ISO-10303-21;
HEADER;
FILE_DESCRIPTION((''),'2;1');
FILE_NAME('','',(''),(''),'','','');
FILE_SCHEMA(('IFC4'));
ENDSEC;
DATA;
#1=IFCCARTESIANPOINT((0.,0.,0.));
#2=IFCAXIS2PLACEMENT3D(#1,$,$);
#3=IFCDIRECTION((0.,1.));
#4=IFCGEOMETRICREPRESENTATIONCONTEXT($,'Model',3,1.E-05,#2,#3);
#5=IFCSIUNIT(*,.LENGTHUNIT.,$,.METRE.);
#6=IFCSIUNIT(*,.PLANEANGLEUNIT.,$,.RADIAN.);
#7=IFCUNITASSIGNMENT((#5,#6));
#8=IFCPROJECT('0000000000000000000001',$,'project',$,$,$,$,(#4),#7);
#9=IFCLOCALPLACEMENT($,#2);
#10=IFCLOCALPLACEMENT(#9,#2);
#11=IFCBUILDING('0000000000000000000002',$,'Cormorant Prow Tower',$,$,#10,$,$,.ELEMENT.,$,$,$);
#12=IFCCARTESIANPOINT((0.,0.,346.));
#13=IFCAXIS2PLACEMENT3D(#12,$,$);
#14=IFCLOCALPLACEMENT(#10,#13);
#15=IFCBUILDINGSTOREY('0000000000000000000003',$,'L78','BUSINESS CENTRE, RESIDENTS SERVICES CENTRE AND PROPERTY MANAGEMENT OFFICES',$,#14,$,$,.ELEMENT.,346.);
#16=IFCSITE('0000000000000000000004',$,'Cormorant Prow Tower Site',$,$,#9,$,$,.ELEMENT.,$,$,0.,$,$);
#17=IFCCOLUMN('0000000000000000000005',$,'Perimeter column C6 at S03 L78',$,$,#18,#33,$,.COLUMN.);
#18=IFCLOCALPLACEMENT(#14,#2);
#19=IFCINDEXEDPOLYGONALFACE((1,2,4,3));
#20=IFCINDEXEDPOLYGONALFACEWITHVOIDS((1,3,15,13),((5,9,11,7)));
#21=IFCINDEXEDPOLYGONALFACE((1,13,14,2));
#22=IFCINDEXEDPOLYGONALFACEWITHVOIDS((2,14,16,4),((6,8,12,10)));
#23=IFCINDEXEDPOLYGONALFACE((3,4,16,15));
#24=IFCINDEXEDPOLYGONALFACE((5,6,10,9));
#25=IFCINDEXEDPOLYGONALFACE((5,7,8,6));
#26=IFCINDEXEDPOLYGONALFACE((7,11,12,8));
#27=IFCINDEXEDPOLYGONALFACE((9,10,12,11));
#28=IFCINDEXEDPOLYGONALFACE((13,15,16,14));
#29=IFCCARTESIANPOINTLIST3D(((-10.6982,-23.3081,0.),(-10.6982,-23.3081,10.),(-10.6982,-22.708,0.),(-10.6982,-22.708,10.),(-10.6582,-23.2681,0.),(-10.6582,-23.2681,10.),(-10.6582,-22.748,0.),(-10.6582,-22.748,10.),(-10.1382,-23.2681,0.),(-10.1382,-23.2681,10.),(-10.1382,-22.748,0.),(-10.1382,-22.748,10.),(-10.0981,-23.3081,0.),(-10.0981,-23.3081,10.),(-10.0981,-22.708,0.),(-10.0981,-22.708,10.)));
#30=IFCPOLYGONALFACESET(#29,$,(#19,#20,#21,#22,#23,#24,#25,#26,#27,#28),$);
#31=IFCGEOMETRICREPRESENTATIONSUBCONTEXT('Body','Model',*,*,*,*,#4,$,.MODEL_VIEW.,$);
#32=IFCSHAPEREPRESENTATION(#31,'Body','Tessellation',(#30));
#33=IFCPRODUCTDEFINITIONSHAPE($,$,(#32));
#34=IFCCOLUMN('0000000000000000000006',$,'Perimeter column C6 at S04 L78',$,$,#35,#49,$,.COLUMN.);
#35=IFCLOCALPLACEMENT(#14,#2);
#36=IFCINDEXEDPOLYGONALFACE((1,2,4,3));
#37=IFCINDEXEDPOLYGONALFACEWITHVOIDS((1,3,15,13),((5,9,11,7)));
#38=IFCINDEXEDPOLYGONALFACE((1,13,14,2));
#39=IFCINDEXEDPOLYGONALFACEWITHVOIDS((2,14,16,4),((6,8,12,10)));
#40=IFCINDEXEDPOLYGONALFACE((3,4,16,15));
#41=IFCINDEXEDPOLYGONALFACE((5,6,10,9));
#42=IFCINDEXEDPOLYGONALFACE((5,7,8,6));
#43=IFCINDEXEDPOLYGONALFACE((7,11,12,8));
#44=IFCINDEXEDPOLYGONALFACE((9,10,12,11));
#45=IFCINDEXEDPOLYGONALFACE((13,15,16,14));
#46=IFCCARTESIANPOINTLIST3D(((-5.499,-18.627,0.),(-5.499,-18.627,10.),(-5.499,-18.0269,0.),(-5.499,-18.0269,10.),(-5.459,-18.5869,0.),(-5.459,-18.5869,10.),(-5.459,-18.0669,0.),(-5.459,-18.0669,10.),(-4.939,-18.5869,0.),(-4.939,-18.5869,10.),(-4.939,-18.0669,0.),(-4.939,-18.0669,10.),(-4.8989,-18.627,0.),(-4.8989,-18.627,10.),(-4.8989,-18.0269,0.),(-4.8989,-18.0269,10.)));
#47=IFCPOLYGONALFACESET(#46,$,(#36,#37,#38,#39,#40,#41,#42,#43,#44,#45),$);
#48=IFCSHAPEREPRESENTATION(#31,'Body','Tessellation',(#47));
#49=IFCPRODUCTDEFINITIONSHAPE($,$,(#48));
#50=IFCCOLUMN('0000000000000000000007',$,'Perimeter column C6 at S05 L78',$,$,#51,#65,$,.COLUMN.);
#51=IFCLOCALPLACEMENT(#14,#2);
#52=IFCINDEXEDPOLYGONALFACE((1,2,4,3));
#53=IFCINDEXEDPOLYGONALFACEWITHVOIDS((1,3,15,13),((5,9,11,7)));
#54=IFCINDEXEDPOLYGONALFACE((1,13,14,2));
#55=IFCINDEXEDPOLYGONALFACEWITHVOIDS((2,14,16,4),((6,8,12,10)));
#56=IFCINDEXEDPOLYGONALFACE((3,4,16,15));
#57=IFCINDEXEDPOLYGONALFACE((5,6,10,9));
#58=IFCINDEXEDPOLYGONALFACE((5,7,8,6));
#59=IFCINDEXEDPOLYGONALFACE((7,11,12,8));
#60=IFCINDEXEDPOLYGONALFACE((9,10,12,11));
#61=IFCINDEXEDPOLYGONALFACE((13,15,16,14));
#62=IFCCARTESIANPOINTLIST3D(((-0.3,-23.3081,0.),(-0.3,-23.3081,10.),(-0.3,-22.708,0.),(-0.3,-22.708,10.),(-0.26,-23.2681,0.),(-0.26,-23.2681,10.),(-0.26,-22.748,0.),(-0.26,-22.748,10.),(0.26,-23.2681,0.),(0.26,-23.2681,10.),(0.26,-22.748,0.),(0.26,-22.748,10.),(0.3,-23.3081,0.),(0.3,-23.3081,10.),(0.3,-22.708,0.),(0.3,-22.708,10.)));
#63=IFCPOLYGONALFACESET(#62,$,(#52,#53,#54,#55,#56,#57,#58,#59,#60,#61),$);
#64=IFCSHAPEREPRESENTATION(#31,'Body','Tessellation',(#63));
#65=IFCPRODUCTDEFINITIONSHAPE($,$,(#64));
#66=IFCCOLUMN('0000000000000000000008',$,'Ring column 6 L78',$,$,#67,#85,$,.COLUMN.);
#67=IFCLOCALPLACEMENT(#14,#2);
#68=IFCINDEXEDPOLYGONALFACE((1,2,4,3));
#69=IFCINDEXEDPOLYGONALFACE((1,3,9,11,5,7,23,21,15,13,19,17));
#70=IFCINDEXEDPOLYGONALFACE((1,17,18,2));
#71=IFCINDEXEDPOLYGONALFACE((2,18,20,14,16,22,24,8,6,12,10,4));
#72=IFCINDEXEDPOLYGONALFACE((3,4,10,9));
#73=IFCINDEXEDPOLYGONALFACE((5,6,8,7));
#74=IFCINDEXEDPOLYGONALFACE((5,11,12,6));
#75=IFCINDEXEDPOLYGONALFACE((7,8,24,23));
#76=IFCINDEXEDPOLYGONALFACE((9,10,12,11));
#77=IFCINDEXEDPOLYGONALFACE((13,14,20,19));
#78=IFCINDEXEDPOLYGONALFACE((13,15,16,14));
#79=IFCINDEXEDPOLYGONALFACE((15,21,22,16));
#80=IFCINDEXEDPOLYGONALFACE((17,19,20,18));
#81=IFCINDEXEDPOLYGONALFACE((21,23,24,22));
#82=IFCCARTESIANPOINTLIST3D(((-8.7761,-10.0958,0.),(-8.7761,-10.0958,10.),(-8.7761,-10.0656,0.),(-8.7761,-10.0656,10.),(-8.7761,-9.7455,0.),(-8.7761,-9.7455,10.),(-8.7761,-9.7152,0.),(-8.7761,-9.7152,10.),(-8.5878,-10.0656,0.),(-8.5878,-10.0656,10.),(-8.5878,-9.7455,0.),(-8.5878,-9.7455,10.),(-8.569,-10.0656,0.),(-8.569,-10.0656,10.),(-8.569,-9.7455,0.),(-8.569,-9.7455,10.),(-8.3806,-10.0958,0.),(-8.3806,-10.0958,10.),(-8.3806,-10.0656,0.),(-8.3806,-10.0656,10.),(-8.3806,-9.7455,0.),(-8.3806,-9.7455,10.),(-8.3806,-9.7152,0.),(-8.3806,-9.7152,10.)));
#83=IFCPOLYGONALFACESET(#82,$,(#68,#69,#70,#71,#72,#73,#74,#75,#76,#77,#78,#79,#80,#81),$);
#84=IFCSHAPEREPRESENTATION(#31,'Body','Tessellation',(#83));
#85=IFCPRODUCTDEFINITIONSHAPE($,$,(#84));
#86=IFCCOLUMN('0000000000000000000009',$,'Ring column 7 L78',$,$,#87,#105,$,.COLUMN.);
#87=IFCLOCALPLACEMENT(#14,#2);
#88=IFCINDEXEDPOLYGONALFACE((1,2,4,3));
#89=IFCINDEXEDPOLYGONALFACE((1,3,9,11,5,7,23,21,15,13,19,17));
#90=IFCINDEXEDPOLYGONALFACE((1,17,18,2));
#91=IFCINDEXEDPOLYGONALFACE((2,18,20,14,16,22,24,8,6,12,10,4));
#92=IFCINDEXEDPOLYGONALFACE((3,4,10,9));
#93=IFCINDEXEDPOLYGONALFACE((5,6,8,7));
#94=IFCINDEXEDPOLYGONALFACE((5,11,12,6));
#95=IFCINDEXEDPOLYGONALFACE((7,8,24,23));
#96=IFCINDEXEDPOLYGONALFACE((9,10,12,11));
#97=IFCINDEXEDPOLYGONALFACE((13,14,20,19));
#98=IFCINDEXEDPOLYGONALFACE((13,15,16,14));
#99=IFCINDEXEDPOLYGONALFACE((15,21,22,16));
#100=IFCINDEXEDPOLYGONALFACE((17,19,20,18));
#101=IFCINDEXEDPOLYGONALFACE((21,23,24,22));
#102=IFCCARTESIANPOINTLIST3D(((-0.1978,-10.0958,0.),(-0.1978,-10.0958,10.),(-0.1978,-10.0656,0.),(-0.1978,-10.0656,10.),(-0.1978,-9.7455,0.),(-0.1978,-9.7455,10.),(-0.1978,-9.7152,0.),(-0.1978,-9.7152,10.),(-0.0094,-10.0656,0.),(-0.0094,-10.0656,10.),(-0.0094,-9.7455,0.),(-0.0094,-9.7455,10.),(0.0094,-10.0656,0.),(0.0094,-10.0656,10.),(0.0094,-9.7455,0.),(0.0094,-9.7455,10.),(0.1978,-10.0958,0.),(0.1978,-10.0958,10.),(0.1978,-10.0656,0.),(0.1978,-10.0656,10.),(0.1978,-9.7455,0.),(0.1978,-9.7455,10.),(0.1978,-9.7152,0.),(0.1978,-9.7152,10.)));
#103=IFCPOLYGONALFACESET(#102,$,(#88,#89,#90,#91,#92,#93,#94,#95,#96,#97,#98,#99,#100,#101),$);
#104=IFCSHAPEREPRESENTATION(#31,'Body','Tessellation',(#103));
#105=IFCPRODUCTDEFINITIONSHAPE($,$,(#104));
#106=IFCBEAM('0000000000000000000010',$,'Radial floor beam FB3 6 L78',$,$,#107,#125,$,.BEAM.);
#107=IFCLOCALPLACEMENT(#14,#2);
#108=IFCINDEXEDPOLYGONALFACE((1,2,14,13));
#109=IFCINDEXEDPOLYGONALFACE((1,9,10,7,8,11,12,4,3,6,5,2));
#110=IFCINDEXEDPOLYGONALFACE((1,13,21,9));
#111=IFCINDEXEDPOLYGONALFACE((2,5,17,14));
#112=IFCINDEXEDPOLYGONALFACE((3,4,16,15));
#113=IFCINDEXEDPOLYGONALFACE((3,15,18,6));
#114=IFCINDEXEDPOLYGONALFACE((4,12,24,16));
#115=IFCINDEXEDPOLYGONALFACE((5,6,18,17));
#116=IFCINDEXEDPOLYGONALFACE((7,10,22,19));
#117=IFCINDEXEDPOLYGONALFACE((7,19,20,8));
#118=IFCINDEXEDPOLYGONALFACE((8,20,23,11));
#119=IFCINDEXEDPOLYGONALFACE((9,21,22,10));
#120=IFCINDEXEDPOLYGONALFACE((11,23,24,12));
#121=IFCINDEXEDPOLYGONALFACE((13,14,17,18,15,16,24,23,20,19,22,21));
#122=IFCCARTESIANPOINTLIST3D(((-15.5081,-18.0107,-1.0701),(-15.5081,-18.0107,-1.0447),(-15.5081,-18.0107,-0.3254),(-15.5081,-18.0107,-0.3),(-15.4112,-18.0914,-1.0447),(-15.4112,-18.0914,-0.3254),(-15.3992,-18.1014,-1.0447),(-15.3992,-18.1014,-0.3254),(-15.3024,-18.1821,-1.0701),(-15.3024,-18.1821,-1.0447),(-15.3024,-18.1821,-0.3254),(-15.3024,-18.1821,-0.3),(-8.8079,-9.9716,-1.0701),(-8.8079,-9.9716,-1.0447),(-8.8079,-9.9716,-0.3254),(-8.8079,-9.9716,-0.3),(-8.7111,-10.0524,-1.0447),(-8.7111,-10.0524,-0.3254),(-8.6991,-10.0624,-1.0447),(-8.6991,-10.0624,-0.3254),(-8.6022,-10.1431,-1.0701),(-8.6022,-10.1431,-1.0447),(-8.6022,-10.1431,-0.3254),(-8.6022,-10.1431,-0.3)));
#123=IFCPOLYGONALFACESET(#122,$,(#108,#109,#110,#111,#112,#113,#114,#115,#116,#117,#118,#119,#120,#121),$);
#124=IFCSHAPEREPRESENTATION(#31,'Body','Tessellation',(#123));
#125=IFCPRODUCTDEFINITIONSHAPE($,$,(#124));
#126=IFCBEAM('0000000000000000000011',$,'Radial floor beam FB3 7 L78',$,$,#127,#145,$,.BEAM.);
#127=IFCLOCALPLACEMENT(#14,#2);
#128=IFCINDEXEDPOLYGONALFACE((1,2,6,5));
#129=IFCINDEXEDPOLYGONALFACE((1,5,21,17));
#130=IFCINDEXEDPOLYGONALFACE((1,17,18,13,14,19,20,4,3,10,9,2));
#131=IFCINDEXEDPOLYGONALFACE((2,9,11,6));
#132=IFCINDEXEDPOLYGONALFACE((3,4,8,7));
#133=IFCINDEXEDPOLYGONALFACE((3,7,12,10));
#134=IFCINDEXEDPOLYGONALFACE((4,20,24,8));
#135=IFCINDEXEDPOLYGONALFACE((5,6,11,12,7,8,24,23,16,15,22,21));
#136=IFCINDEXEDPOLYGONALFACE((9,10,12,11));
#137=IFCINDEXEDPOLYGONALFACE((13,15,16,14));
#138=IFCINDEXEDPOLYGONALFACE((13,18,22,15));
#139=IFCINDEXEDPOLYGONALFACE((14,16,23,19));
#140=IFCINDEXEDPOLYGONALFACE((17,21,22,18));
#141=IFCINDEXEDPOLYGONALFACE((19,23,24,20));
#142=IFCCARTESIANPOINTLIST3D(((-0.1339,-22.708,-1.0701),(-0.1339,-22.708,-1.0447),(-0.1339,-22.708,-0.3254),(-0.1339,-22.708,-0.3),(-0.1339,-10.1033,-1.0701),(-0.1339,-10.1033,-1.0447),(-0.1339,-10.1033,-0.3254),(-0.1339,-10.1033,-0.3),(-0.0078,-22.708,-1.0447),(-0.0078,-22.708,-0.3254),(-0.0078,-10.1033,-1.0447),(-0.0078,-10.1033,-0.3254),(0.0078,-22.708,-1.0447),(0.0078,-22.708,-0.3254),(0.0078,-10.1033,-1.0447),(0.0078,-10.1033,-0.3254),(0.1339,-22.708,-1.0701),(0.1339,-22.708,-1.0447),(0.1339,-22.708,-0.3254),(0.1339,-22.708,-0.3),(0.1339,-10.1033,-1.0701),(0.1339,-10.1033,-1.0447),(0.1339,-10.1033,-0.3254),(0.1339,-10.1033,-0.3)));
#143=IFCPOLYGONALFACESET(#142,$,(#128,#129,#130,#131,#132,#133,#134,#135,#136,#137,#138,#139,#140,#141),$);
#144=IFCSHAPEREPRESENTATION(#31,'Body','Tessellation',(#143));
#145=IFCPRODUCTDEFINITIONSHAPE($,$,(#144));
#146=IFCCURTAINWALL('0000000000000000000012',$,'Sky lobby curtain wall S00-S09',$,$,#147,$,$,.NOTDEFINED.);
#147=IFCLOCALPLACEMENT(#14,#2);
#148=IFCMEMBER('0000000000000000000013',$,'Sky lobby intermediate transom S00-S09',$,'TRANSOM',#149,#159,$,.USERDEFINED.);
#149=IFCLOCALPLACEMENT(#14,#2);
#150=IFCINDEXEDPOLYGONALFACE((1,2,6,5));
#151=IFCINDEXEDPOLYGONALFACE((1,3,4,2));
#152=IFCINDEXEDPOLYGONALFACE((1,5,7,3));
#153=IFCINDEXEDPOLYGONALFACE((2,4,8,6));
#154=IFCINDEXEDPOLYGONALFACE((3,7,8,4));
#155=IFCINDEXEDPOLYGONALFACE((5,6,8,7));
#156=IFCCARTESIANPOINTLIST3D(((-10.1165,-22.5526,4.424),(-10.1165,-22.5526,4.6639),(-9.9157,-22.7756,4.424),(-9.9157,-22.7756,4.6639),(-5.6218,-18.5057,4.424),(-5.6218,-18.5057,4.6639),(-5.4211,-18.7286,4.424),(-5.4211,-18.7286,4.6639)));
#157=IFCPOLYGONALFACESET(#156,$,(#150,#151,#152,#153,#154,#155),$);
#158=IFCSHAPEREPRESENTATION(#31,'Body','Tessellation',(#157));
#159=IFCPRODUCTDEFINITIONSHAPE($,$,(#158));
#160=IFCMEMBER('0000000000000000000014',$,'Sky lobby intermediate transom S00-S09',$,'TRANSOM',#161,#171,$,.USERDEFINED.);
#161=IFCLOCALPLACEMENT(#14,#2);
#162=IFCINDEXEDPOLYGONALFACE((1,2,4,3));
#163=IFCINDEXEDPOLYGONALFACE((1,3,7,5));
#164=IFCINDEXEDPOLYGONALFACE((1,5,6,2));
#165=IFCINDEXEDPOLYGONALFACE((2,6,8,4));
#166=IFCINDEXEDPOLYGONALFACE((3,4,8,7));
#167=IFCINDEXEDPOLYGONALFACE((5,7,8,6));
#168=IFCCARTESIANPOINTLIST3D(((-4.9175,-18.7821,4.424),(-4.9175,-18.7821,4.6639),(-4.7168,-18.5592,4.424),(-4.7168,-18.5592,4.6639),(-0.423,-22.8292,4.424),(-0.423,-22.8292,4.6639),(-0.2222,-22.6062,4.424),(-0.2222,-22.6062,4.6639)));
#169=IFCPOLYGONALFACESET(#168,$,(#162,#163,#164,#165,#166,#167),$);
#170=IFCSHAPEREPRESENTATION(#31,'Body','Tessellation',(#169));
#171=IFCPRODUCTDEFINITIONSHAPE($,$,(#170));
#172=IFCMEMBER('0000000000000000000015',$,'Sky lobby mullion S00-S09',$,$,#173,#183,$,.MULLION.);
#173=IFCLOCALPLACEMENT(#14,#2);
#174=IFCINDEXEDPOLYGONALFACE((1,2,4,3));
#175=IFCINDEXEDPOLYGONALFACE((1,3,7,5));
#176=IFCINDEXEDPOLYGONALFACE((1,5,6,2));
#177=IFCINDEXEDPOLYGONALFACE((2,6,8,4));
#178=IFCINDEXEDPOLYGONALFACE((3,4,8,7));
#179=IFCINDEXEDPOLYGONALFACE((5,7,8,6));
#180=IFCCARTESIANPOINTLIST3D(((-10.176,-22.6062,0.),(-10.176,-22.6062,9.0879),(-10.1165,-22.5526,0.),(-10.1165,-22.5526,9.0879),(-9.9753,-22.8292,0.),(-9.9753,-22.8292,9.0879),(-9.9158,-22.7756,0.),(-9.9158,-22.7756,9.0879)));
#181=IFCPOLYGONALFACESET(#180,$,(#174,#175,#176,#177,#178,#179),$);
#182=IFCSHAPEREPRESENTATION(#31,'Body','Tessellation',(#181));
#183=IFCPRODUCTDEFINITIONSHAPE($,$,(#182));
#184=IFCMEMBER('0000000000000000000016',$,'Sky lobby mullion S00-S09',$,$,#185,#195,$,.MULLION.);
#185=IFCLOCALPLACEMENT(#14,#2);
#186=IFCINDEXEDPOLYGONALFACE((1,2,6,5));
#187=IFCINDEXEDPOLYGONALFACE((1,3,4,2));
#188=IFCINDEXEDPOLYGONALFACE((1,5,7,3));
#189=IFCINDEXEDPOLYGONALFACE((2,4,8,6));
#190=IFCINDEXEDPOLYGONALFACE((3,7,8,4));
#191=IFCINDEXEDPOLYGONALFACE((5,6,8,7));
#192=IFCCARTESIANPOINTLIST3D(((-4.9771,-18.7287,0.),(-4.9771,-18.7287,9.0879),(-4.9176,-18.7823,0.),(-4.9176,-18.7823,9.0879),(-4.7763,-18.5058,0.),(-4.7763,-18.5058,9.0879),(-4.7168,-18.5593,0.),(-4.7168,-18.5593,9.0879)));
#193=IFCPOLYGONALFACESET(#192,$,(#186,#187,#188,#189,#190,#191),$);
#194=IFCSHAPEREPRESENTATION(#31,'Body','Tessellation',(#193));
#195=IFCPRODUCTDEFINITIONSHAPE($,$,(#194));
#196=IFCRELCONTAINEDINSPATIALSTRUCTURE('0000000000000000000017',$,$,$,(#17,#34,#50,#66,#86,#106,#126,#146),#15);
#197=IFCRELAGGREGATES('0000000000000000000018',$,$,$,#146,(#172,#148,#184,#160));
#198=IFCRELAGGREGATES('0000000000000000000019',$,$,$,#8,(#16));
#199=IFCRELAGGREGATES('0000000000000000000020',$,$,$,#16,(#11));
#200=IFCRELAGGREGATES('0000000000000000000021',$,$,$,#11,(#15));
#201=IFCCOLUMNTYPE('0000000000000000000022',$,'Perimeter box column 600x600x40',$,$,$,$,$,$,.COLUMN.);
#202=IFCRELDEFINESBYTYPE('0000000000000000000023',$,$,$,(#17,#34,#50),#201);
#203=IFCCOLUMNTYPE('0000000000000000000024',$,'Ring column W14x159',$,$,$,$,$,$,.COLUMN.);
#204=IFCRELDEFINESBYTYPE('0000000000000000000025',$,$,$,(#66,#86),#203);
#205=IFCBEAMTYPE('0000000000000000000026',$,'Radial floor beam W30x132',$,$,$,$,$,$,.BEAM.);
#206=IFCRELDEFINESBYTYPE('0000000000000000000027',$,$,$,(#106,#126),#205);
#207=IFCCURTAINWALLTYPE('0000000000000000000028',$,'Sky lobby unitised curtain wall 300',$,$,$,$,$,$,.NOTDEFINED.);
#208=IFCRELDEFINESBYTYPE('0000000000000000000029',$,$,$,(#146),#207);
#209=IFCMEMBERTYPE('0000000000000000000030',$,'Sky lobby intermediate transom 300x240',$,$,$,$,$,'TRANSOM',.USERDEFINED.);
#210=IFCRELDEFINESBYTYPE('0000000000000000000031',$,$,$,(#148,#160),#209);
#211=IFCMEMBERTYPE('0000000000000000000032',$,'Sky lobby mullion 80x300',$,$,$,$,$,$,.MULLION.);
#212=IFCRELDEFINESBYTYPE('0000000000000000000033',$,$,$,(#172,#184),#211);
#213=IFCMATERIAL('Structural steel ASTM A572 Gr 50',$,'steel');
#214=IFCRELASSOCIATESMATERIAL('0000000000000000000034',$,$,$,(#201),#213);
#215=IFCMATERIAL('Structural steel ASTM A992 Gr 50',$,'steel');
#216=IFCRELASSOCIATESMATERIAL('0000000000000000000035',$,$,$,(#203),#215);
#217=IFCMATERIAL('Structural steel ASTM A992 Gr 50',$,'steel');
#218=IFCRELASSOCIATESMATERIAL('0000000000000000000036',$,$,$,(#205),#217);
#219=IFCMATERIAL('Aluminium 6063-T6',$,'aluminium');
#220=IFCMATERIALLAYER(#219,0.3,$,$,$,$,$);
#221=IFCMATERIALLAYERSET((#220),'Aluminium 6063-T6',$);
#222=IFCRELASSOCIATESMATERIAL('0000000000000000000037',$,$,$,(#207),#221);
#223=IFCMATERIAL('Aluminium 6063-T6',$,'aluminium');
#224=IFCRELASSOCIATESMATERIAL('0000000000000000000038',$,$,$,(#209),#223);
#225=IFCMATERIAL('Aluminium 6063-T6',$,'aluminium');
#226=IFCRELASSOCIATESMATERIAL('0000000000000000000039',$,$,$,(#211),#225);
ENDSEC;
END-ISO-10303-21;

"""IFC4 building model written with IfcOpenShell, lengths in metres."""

from ifc_helpers import new_model, si_unit, direction, frame, origin, origin_2d, place, context, subcontext, project, spatial, rectangle, hollow_rectangle, i_section, extrude, material, layer, layer_set, material_profile, profile_set, type_object, element, aggregate, save


model = new_model("IFC4")

# Units and contexts
model_context = context("Model", 3, precision=1e-05, world=origin(), true_north=direction((0.0, 1.0)))
body_context = subcontext(model_context, "Body", "Model", "MODEL_VIEW")
ifc_project = project(units=[si_unit("LENGTHUNIT", "METRE"), si_unit("PLANEANGLEUNIT", "RADIAN")], contexts=[model_context])

# Site, building, storey
site_placement = place(None, origin())
site = spatial("IfcSite", under=ifc_project, at=site_placement, Name="Cormorant Prow Tower Site", CompositionType="ELEMENT", RefElevation=0.0)
building_placement = place(site_placement, origin())
building = spatial("IfcBuilding", under=site, at=building_placement, Name="Cormorant Prow Tower", CompositionType="ELEMENT")
storey_placement = place(building_placement, frame((0.0, 0.0, 346.0)))
storey = spatial("IfcBuildingStorey", under=building, at=storey_placement, Name="L78", Description="BUSINESS CENTRE, RESIDENTS SERVICES CENTRE AND PROPERTY MANAGEMENT OFFICES", CompositionType="ELEMENT", Elevation=346.0)

# Columns
ifc_material_1 = material(Name="Structural steel ASTM A572 Gr 50", Category="steel")
ifc_material_profile_1 = material_profile(ifc_material_1, hollow_rectangle(XDim=0.6001, YDim=0.6001, WallThickness=0.04, at=origin_2d()), Name="Box 600x600x40")
ifc_profile_set_1 = profile_set([ifc_material_profile_1], Name="Structural steel ASTM A572 Gr 50")
column_type_1 = type_object("IfcColumnType", Name="Perimeter box column 600x600x40", PredefinedType="COLUMN", material=ifc_profile_set_1)
for number, where, z_axis, x_axis, name in (
    (1, (-10.3982, -23.0081, 0.0), (0.0, 0.0, 1.0), (1.0, 0.0, 0.0), "Perimeter column C6 at S03 L78"),
    (2, (-5.199, -18.3269, 0.0), (0.0, 0.0, 1.0), (1.0, 0.0, 0.0), "Perimeter column C6 at S04 L78"),
    (3, (0.0, -23.0081, 0.0), (0.0, 0.0, 1.0), (1.0, 0.0, 0.0), "Perimeter column C6 at S05 L78"),
):
    element("IfcColumn", number, at=place(storey_placement, frame(where, z_axis=z_axis, x_axis=x_axis)), inside=storey, type_object=column_type_1, Name=name, PredefinedType="COLUMN", context=body_context, shape_type="SweptSolid", body=[
        extrude(hollow_rectangle(XDim=0.6001, YDim=0.6001, WallThickness=0.04, at=origin_2d()), origin(), (0.0, 0.0, 1.0), 10.0),
    ])
ifc_material_2 = material(Name="Structural steel ASTM A992 Gr 50", Category="steel")
ifc_material_profile_2 = material_profile(ifc_material_2, i_section(OverallWidth=0.3955, OverallDepth=0.3806, WebThickness=0.0188, FlangeThickness=0.0303, at=origin_2d()), Name="W14x159")
ifc_profile_set_2 = profile_set([ifc_material_profile_2], Name="Structural steel ASTM A992 Gr 50")
column_type_2 = type_object("IfcColumnType", Name="Ring column W14x159", PredefinedType="COLUMN", material=ifc_profile_set_2)
for number, where, z_axis, x_axis, name in (
    (4, (-8.5784, -9.9055, 0.0), (0.0, 0.0, 1.0), (1.0, 0.0, 0.0), "Ring column 6 L78"),
    (5, (0.0, -9.9055, 0.0), (0.0, 0.0, 1.0), (1.0, 0.0, 0.0), "Ring column 7 L78"),
):
    element("IfcColumn", number, at=place(storey_placement, frame(where, z_axis=z_axis, x_axis=x_axis)), inside=storey, type_object=column_type_2, Name=name, PredefinedType="COLUMN", context=body_context, shape_type="SweptSolid", body=[
        extrude(i_section(OverallWidth=0.3955, OverallDepth=0.3806, WebThickness=0.0188, FlangeThickness=0.0303, at=origin_2d()), origin(), (0.0, 0.0, 1.0), 10.0),
    ])

# Beams
ifc_material_3 = material(Name="Structural steel ASTM A992 Gr 50", Category="steel")
ifc_material_profile_3 = material_profile(ifc_material_3, i_section(OverallWidth=0.2678, OverallDepth=0.77, WebThickness=0.0156, FlangeThickness=0.0254, at=origin_2d()), Name="W30x132")
ifc_profile_set_3 = profile_set([ifc_material_profile_3], Name="Structural steel ASTM A992 Gr 50")
beam_type_1 = type_object("IfcBeamType", Name="Radial floor beam W30x132", PredefinedType="BEAM", material=ifc_profile_set_3)
beam_1_placement = place(storey_placement, frame((-8.7051, -10.0574, -0.6851), z_axis=(-0.640239, -0.768175, 0.0), x_axis=(0.768175, -0.640239, 0.0)))
element("IfcBeam", 6, at=beam_1_placement, inside=storey, type_object=beam_type_1, Name="Radial floor beam FB3 6 L78", PredefinedType="BEAM", context=body_context, shape_type="SweptSolid", body=[
    extrude(i_section(OverallWidth=0.2678, OverallDepth=0.77, WebThickness=0.0156, FlangeThickness=0.0254, at=origin_2d()), origin(), (0.0, 0.0, 1.0), 10.4651),
])
beam_2_placement = place(storey_placement, frame((0.0, -10.1033, -0.6851), z_axis=(0.0, -1.0, 0.0), x_axis=(1.0, 0.0, 0.0)))
element("IfcBeam", 7, at=beam_2_placement, inside=storey, type_object=beam_type_1, Name="Radial floor beam FB3 7 L78", PredefinedType="BEAM", context=body_context, shape_type="SweptSolid", body=[
    extrude(i_section(OverallWidth=0.2678, OverallDepth=0.77, WebThickness=0.0156, FlangeThickness=0.0254, at=origin_2d()), origin(), (0.0, 0.0, 1.0), 12.6047),
])

# Curtain wall, members
ifc_material_4 = material(Name="Aluminium 6063-T6", Category="aluminium")
ifc_layer_1 = layer(ifc_material_4, 0.3)
ifc_layer_set_1 = layer_set([ifc_layer_1], Name="Aluminium 6063-T6")
curtain_wall_type = type_object("IfcCurtainWallType", Name="Sky lobby unitised curtain wall 300", PredefinedType="NOTDEFINED", material=ifc_layer_set_1)
curtain_wall_placement = place(storey_placement, origin())
curtain_wall = element("IfcCurtainWall", 8, at=curtain_wall_placement, inside=storey, type_object=curtain_wall_type, Name="Sky lobby curtain wall S00-S09", PredefinedType="NOTDEFINED")
ifc_material_5 = material(Name="Aluminium 6063-T6", Category="aluminium")
ifc_material_profile_4 = material_profile(ifc_material_5, rectangle(XDim=0.3, YDim=0.24, at=origin_2d()), Name="Sky lobby intermediate transom 300x240")
ifc_profile_set_4 = profile_set([ifc_material_profile_4], Name="Aluminium 6063-T6")
member_type_1 = type_object("IfcMemberType", Name="Sky lobby intermediate transom 300x240", ElementType="TRANSOM", PredefinedType="USERDEFINED", material=ifc_profile_set_4)
member_1_placement = place(storey_placement, frame((-10.0161, -22.6641, 4.5439), z_axis=(0.743154, 0.669121, 0.0), x_axis=(-0.669121, 0.743154, 0.0)))
member_1 = element("IfcMember", 9, at=member_1_placement, type_object=member_type_1, Name="Sky lobby intermediate transom S00-S09", ObjectType="TRANSOM", PredefinedType="USERDEFINED", context=body_context, shape_type="SweptSolid", body=[
    extrude(rectangle(XDim=0.3, YDim=0.24, at=origin_2d()), origin(), (0.0, 0.0, 1.0), 6.0481),
])
member_2_placement = place(storey_placement, frame((-4.8171, -18.6707, 4.5439), z_axis=(0.743134, -0.669143, 0.0), x_axis=(0.669143, 0.743134, 0.0)))
member_2 = element("IfcMember", 10, at=member_2_placement, type_object=member_type_1, Name="Sky lobby intermediate transom S00-S09", ObjectType="TRANSOM", PredefinedType="USERDEFINED", context=body_context, shape_type="SweptSolid", body=[
    extrude(rectangle(XDim=0.3, YDim=0.24, at=origin_2d()), origin(), (0.0, 0.0, 1.0), 6.0481),
])
ifc_material_6 = material(Name="Aluminium 6063-T6", Category="aluminium")
ifc_material_profile_5 = material_profile(ifc_material_6, rectangle(XDim=0.3, YDim=0.0801, at=origin_2d()), Name="Sky lobby mullion 80x300")
ifc_profile_set_5 = profile_set([ifc_material_profile_5], Name="Aluminium 6063-T6")
member_type_2 = type_object("IfcMemberType", Name="Sky lobby mullion 80x300", PredefinedType="MULLION", material=ifc_profile_set_5)
member_3_placement = place(storey_placement, frame((-10.0459, -22.6909, 0.0), z_axis=(0.0, 0.0, 1.0), x_axis=(-0.669131, 0.743145, 0.0)))
member_3 = element("IfcMember", 11, at=member_3_placement, type_object=member_type_2, Name="Sky lobby mullion S00-S09", PredefinedType="MULLION", context=body_context, shape_type="SweptSolid", body=[
    extrude(rectangle(XDim=0.3, YDim=0.0801, at=origin_2d()), origin(), (0.0, 0.0, 1.0), 9.0879),
])
member_4_placement = place(storey_placement, frame((-4.8469, -18.644, 0.0), z_axis=(0.0, 0.0, 1.0), x_axis=(0.669131, 0.743145, 0.0)))
member_4 = element("IfcMember", 12, at=member_4_placement, type_object=member_type_2, Name="Sky lobby mullion S00-S09", PredefinedType="MULLION", context=body_context, shape_type="SweptSolid", body=[
    extrude(rectangle(XDim=0.3, YDim=0.0801, at=origin_2d()), origin(), (0.0, 0.0, 1.0), 9.0879),
])

aggregate(curtain_wall, [member_3, member_1, member_4, member_2])

save(model, "model.ifc")
